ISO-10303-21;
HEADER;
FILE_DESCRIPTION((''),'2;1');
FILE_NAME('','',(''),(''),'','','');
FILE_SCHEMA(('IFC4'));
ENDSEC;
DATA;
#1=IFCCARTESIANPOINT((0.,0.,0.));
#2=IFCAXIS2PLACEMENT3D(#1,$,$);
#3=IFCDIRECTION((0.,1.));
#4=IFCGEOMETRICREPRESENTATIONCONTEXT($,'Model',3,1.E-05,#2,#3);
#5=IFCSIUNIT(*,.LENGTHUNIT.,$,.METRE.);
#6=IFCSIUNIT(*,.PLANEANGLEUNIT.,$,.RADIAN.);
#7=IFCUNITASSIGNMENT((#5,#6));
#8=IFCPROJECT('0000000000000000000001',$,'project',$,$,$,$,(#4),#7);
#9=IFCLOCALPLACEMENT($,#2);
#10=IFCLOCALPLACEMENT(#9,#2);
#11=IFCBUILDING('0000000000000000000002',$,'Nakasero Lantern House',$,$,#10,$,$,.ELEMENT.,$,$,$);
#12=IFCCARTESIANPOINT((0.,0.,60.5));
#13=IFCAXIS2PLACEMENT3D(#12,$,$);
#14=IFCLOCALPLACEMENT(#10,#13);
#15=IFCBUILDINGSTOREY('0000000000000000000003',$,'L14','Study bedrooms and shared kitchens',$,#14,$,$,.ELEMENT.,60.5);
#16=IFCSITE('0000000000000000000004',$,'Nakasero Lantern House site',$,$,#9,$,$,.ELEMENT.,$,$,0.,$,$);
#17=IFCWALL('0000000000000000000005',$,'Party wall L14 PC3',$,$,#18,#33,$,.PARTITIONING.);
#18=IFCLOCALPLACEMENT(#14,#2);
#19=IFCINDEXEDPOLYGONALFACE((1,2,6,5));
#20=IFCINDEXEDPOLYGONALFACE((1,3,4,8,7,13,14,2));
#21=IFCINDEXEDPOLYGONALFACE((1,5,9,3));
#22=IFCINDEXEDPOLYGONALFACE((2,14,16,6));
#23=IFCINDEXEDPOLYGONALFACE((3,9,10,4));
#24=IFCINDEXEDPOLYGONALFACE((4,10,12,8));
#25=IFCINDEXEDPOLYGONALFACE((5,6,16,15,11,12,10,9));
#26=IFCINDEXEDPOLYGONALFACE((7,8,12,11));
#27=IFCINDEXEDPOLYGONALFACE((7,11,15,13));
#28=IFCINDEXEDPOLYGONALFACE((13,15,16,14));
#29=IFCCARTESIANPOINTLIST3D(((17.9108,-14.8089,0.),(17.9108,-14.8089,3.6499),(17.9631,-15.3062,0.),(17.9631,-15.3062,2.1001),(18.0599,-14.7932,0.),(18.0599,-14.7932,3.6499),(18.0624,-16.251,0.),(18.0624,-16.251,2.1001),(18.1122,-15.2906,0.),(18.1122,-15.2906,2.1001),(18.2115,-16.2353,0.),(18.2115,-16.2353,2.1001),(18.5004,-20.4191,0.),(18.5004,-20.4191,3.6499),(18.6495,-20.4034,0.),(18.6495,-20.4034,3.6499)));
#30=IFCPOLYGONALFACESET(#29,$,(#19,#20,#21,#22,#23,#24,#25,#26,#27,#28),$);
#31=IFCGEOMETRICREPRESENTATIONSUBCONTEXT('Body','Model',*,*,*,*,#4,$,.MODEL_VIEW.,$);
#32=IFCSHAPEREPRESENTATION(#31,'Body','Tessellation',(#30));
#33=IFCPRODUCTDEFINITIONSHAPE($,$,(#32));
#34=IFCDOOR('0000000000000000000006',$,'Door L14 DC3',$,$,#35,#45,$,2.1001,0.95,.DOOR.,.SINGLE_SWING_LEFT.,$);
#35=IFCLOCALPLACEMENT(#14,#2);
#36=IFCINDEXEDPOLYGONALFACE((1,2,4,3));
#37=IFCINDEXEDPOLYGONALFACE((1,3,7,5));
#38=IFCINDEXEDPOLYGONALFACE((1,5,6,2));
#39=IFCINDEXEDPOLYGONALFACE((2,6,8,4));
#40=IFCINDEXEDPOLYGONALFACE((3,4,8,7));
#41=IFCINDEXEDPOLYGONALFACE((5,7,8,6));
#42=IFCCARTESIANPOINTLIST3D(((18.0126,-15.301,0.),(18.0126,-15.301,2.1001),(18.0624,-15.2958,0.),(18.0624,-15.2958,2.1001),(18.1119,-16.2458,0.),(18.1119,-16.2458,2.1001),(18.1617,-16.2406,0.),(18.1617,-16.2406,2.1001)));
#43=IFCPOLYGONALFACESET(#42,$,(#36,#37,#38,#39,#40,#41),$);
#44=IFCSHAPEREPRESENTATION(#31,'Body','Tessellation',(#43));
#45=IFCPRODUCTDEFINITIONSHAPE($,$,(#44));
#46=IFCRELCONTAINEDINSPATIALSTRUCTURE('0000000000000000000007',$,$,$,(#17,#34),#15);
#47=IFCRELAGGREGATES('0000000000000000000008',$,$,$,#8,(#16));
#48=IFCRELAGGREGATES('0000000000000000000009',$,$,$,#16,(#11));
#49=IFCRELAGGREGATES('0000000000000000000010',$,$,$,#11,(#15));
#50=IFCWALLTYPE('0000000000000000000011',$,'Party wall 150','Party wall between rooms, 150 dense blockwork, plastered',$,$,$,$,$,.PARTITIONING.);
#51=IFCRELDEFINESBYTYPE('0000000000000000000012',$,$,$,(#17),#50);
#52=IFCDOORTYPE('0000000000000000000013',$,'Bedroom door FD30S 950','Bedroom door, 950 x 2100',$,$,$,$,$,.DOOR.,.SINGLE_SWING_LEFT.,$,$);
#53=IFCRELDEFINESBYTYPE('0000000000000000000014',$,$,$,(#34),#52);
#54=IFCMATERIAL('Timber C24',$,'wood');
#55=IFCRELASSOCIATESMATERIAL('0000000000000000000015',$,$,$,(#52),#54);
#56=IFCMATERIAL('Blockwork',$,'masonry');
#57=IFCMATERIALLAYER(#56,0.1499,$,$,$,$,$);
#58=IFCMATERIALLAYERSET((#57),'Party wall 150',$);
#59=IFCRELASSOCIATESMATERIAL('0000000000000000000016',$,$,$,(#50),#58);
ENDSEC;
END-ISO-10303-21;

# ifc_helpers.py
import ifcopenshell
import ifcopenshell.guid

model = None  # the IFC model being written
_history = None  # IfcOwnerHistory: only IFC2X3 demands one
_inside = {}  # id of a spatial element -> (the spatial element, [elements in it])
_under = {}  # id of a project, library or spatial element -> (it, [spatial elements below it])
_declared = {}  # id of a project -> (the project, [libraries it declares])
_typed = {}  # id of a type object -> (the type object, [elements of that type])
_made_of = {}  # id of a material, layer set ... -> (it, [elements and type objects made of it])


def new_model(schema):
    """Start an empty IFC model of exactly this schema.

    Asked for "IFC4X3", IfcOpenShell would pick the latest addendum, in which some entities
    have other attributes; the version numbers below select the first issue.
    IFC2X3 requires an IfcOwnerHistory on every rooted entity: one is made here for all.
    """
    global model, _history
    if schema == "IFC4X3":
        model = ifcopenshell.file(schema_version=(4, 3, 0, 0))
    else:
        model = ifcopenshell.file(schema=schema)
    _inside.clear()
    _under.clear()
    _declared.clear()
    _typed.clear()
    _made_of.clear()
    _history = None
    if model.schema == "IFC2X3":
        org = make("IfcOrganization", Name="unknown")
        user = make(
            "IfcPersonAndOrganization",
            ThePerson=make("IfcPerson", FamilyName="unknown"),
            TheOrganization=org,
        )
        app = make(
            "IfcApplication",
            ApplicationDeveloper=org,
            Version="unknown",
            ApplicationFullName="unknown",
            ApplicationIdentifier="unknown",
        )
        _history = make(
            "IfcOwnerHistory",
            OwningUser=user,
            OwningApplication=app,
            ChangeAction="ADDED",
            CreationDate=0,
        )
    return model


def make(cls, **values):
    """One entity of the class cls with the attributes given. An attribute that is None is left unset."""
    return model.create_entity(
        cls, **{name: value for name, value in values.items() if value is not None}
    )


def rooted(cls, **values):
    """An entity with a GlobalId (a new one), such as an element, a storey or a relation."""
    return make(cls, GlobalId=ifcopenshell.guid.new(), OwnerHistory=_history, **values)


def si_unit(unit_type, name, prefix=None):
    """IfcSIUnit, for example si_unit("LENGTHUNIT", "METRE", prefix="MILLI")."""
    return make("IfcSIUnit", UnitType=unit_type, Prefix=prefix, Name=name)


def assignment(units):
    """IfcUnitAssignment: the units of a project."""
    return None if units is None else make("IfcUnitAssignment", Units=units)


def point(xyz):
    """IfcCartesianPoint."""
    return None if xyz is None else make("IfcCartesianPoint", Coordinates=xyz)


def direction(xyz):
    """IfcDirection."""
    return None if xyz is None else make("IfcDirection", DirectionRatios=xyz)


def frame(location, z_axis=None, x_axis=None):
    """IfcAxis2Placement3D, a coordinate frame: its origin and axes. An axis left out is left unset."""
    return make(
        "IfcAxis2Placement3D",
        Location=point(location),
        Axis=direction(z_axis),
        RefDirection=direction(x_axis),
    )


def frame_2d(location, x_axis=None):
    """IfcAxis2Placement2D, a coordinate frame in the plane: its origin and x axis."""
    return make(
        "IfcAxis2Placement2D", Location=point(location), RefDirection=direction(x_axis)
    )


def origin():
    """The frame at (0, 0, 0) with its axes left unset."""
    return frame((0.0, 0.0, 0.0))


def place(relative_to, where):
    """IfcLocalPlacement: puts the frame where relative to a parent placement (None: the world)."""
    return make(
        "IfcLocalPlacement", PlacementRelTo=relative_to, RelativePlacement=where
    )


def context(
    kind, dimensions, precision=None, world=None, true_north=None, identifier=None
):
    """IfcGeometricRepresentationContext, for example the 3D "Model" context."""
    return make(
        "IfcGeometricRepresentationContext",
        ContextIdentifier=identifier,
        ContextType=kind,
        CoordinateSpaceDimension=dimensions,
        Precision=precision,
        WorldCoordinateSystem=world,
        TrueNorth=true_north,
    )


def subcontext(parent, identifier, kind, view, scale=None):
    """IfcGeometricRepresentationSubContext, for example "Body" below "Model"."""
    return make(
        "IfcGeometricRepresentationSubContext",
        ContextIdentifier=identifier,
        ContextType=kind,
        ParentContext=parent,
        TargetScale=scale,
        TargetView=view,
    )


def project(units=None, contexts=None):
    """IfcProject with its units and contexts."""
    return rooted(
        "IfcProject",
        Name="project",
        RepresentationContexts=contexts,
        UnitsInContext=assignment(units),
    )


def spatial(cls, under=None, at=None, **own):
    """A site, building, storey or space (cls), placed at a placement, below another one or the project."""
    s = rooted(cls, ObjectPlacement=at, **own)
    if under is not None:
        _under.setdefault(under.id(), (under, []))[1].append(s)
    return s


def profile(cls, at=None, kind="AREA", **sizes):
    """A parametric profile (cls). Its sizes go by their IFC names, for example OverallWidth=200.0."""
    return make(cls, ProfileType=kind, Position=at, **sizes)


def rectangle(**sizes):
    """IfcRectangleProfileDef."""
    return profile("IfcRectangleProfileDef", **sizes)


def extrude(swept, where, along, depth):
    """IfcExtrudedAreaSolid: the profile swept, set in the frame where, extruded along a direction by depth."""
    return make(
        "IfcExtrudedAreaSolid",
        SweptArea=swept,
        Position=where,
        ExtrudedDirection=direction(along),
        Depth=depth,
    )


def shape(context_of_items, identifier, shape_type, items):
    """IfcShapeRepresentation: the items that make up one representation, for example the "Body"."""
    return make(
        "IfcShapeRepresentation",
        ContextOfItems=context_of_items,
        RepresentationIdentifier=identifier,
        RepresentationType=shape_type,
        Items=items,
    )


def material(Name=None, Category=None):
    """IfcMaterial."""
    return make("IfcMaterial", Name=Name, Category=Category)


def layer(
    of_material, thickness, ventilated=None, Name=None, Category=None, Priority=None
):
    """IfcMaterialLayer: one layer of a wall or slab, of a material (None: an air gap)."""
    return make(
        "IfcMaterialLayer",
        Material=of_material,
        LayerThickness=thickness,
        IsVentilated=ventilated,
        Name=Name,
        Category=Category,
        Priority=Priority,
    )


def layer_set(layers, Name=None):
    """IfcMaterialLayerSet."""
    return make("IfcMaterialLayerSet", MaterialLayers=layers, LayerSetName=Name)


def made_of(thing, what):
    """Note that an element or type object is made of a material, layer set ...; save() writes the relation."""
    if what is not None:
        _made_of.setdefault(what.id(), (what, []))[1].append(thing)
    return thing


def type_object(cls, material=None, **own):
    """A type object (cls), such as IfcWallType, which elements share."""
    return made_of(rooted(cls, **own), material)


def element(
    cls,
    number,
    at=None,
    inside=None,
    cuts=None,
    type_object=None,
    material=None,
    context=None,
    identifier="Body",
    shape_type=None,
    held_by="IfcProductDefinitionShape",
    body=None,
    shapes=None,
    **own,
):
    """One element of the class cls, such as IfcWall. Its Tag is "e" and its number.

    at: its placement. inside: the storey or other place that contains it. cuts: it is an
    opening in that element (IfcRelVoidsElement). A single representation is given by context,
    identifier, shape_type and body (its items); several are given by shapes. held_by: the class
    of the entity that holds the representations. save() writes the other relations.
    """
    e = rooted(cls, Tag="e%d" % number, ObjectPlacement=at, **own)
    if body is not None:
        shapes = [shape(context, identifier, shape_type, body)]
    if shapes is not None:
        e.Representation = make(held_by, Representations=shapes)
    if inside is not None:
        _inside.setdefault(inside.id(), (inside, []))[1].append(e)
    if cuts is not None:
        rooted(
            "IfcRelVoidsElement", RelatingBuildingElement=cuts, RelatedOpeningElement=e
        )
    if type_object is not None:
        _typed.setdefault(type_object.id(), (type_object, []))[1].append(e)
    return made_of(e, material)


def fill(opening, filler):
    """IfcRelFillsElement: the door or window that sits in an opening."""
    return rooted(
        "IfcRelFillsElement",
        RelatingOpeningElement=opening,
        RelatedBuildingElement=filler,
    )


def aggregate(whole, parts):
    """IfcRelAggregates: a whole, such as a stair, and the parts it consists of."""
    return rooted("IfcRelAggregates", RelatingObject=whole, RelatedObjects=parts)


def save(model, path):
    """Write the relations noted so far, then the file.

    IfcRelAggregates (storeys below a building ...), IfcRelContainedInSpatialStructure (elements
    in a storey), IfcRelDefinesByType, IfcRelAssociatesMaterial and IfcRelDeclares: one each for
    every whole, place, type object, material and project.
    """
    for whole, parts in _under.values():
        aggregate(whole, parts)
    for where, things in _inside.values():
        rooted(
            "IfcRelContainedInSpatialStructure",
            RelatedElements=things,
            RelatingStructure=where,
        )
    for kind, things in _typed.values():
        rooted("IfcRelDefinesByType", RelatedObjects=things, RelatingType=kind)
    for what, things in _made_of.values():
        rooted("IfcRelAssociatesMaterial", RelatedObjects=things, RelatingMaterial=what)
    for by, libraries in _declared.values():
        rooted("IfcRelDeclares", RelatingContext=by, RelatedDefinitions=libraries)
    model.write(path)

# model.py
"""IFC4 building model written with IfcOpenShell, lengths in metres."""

from ifc_helpers import new_model, si_unit, direction, frame, frame_2d, origin, place, context, subcontext, project, spatial, rectangle, extrude, material, layer, layer_set, type_object, element, fill, save


model = new_model("IFC4")

# Units and contexts
model_context = context("Model", 3, precision=1e-05, world=origin(), true_north=direction((0.0, 1.0)))
body_context = subcontext(model_context, "Body", "Model", "MODEL_VIEW")
ifc_project = project(units=[si_unit("LENGTHUNIT", "METRE"), si_unit("PLANEANGLEUNIT", "RADIAN")], contexts=[model_context])

# Site, building, storey
site_placement = place(None, origin())
site = spatial("IfcSite", under=ifc_project, at=site_placement, Name="Nakasero Lantern House site", CompositionType="ELEMENT", RefElevation=0.0)
building_placement = place(site_placement, origin())
building = spatial("IfcBuilding", under=site, at=building_placement, Name="Nakasero Lantern House", CompositionType="ELEMENT")
storey_placement = place(building_placement, frame((0.0, 0.0, 60.5)))
storey = spatial("IfcBuildingStorey", under=building, at=storey_placement, Name="L14", Description="Study bedrooms and shared kitchens", CompositionType="ELEMENT", Elevation=60.5)

# Shared definitions
ifc_material_1 = material(Name="Timber C24", Category="wood")
door_type_1 = type_object("IfcDoorType", Name="Bedroom door FD30S 950", Description="Bedroom door, 950 x 2100", OperationType="SINGLE_SWING_LEFT", PredefinedType="DOOR", material=ifc_material_1)

# Shared definitions
ifc_material_2 = material(Name="Blockwork", Category="masonry")
ifc_layer_1 = layer(ifc_material_2, 0.1499)
ifc_layer_set_1 = layer_set([ifc_layer_1], Name="Party wall 150")
wall_type_1 = type_object("IfcWallType", Name="Party wall 150", Description="Party wall between rooms, 150 dense blockwork, plastered", PredefinedType="PARTITIONING", material=ifc_layer_set_1)

# Wall, opening, door
wall_1_placement = place(storey_placement, frame((17.9854, -14.801, 0.0), z_axis=(0.0, 0.0, 1.0), x_axis=(0.10452, -0.994523, 0.0)))
wall_1 = element("IfcWall", 1, at=wall_1_placement, inside=storey, type_object=wall_type_1, Name="Party wall L14 PC3", PredefinedType="PARTITIONING", context=body_context, shape_type="SweptSolid", body=[
    extrude(rectangle(XDim=5.6411, YDim=0.1499, at=frame_2d((2.8206, 0.0))), origin(), (0.0, 0.0, 1.0), 3.6499),
])
opening_1_placement = place(wall_1_placement, frame((0.5, 0.0, 0.0)))
opening_1 = element("IfcOpeningElement", 2, at=opening_1_placement, cuts=wall_1, PredefinedType="OPENING", context=body_context, shape_type="SweptSolid", body=[
    extrude(rectangle(XDim=0.95, YDim=2.1001, at=frame_2d((0.4751, 1.05))), frame((0.0, 0.095, 0.0), z_axis=(0.0, -1.0, 0.0), x_axis=(1.0, 0.0, 0.0)), (0.0, 0.0, 1.0), 0.1899),
])
door_1_placement = place(opening_1_placement, origin())
door_1 = element("IfcDoor", 3, at=door_1_placement, inside=storey, type_object=door_type_1, Name="Door L14 DC3", OperationType="SINGLE_SWING_LEFT", OverallHeight=2.1001, OverallWidth=0.95, PredefinedType="DOOR", context=body_context, shape_type="SweptSolid", body=[
    extrude(rectangle(XDim=0.95, YDim=2.1001, at=frame_2d((0.4751, 1.05))), frame((0.0, 0.0249, 0.0), z_axis=(0.0, -1.0, 0.0), x_axis=(1.0, 0.0, 0.0)), (0.0, 0.0, 1.0), 0.05),
])
fill(opening_1, door_1)

save(model, "model.ifc")
